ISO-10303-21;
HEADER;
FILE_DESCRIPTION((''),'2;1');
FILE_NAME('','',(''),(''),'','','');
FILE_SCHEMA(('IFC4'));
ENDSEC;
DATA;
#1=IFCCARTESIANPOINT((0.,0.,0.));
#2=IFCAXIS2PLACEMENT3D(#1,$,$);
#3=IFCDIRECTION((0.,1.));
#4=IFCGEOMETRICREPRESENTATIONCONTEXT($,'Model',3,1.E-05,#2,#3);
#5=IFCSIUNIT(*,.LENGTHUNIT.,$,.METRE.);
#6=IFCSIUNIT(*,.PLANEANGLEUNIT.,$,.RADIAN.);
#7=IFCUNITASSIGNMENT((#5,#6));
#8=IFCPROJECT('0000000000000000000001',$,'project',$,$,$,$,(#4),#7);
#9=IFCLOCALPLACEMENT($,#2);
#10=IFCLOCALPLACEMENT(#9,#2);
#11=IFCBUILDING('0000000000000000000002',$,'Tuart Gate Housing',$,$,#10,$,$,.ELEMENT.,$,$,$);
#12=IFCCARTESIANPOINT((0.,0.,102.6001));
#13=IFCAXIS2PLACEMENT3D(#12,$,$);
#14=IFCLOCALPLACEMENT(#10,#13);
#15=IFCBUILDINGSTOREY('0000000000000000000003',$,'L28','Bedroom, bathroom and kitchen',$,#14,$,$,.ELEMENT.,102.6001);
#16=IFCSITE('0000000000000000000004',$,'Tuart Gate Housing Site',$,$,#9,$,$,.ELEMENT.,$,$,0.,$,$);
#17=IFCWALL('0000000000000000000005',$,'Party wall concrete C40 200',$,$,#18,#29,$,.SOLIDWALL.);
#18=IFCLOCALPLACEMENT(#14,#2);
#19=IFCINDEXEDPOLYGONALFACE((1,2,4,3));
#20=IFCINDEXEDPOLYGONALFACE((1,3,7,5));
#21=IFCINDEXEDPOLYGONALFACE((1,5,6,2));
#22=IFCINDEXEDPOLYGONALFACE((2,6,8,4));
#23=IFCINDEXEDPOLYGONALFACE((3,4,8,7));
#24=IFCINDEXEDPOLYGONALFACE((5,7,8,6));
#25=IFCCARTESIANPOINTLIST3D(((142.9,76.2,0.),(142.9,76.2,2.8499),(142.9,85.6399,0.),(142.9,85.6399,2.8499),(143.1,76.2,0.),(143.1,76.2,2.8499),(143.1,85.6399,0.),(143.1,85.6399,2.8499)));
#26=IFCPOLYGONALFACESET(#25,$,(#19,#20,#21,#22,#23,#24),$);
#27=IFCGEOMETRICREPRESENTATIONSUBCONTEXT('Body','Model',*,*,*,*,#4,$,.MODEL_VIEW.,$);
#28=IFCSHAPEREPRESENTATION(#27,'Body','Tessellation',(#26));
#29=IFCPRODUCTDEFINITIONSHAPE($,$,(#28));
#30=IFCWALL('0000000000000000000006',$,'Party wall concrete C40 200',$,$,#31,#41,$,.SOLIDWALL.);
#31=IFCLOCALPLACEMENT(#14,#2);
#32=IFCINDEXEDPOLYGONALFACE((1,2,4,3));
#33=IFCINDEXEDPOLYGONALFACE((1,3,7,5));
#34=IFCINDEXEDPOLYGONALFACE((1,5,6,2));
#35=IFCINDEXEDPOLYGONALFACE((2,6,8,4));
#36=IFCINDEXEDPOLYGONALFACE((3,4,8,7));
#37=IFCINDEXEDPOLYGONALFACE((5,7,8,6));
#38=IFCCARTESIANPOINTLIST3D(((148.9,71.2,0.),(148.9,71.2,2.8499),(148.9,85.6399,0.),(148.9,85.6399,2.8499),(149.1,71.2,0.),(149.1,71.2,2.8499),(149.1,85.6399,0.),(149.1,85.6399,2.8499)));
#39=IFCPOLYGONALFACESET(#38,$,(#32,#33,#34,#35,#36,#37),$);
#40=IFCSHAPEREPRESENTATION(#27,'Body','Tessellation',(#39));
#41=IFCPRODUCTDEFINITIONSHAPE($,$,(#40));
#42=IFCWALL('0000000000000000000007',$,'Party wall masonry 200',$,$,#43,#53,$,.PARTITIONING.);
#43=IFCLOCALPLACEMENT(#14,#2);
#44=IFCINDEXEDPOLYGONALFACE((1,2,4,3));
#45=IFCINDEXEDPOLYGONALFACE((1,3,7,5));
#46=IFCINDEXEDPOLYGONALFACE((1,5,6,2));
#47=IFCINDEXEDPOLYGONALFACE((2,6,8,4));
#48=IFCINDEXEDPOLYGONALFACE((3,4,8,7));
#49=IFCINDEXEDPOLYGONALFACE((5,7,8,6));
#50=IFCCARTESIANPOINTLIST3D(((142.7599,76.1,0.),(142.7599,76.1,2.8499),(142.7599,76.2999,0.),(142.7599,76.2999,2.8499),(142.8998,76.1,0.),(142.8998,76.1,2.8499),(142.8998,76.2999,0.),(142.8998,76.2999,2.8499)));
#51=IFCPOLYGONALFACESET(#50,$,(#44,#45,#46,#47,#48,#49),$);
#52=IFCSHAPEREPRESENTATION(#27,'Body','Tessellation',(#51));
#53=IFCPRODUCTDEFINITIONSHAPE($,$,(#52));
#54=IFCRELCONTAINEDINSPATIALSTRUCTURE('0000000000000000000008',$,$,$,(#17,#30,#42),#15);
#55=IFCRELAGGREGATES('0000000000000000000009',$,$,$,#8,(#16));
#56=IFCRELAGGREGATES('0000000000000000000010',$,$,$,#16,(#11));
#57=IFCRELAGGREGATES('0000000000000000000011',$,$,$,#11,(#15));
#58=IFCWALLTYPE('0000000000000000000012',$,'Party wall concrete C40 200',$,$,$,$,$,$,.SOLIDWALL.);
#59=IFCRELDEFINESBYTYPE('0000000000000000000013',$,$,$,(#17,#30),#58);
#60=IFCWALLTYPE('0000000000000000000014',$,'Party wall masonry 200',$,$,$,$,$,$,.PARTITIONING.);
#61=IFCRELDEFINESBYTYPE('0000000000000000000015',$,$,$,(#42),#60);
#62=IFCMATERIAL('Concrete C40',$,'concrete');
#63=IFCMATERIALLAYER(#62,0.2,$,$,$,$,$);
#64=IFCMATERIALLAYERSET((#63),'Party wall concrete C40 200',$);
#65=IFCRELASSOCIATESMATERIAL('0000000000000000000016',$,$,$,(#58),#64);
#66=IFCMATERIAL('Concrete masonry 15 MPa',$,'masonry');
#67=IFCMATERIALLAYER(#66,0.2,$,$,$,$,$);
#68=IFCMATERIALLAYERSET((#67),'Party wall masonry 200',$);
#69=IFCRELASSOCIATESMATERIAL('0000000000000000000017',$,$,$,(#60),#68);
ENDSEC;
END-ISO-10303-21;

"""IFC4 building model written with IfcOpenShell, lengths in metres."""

from ifc_helpers import new_model, si_unit, direction, frame, frame_2d, origin, place, context, subcontext, project, spatial, rectangle, extrude, material, layer, layer_set, type_object, element, save


model = new_model("IFC4")

# Units and contexts
model_context = context("Model", 3, precision=1e-05, world=origin(), true_north=direction((0.0, 1.0)))
body_context = subcontext(model_context, "Body", "Model", "MODEL_VIEW")
ifc_project = project(units=[si_unit("LENGTHUNIT", "METRE"), si_unit("PLANEANGLEUNIT", "RADIAN")], contexts=[model_context])

# Site, building, storey
site_placement = place(None, origin())
site = spatial("IfcSite", under=ifc_project, at=site_placement, Name="Tuart Gate Housing Site", CompositionType="ELEMENT", RefElevation=0.0)
building_placement = place(site_placement, origin())
building = spatial("IfcBuilding", under=site, at=building_placement, Name="Tuart Gate Housing", CompositionType="ELEMENT")
storey_placement = place(building_placement, frame((0.0, 0.0, 102.6001)))
storey = spatial("IfcBuildingStorey", under=building, at=storey_placement, Name="L28", Description="Bedroom, bathroom and kitchen", CompositionType="ELEMENT", Elevation=102.6001)

# Walls
ifc_material_1 = material(Name="Concrete C40", Category="concrete")
ifc_layer_1 = layer(ifc_material_1, 0.2)
ifc_layer_set_1 = layer_set([ifc_layer_1], Name="Party wall concrete C40 200")
wall_type_1 = type_object("IfcWallType", Name="Party wall concrete C40 200", PredefinedType="SOLIDWALL", material=ifc_layer_set_1)
wall_1_placement = place(storey_placement, frame((143.0, 76.2, 0.0), z_axis=(0.0, 0.0, 1.0), x_axis=(0.0, 1.0, 0.0)))
element("IfcWall", 1, at=wall_1_placement, inside=storey, type_object=wall_type_1, Name="Party wall concrete C40 200", PredefinedType="SOLIDWALL", context=body_context, shape_type="SweptSolid", body=[
    extrude(rectangle(XDim=9.4399, YDim=0.2, at=frame_2d((4.72, 0.0))), origin(), (0.0, 0.0, 1.0), 2.8499),
])
wall_2_placement = place(storey_placement, frame((149.0, 71.2, 0.0), z_axis=(0.0, 0.0, 1.0), x_axis=(0.0, 1.0, 0.0)))
element("IfcWall", 2, at=wall_2_placement, inside=storey, type_object=wall_type_1, Name="Party wall concrete C40 200", PredefinedType="SOLIDWALL", context=body_context, shape_type="SweptSolid", body=[
    extrude(rectangle(XDim=14.4399, YDim=0.2, at=frame_2d((7.22, 0.0))), origin(), (0.0, 0.0, 1.0), 2.8499),
])
ifc_material_2 = material(Name="Concrete masonry 15 MPa", Category="masonry")
ifc_layer_2 = layer(ifc_material_2, 0.2)
ifc_layer_set_2 = layer_set([ifc_layer_2], Name="Party wall masonry 200")
wall_type_2 = type_object("IfcWallType", Name="Party wall masonry 200", PredefinedType="PARTITIONING", material=ifc_layer_set_2)
wall_3_placement = place(storey_placement, frame((142.76, 76.2, 0.0), z_axis=(0.0, 0.0, 1.0), x_axis=(1.0, 0.0, 0.0)))
element("IfcWall", 3, at=wall_3_placement, inside=storey, type_object=wall_type_2, Name="Party wall masonry 200", PredefinedType="PARTITIONING", context=body_context, shape_type="SweptSolid", body=[
    extrude(rectangle(XDim=0.1399, YDim=0.2, at=frame_2d((0.0698, 0.0))), origin(), (0.0, 0.0, 1.0), 2.8499),
])

save(model, "model.ifc")
